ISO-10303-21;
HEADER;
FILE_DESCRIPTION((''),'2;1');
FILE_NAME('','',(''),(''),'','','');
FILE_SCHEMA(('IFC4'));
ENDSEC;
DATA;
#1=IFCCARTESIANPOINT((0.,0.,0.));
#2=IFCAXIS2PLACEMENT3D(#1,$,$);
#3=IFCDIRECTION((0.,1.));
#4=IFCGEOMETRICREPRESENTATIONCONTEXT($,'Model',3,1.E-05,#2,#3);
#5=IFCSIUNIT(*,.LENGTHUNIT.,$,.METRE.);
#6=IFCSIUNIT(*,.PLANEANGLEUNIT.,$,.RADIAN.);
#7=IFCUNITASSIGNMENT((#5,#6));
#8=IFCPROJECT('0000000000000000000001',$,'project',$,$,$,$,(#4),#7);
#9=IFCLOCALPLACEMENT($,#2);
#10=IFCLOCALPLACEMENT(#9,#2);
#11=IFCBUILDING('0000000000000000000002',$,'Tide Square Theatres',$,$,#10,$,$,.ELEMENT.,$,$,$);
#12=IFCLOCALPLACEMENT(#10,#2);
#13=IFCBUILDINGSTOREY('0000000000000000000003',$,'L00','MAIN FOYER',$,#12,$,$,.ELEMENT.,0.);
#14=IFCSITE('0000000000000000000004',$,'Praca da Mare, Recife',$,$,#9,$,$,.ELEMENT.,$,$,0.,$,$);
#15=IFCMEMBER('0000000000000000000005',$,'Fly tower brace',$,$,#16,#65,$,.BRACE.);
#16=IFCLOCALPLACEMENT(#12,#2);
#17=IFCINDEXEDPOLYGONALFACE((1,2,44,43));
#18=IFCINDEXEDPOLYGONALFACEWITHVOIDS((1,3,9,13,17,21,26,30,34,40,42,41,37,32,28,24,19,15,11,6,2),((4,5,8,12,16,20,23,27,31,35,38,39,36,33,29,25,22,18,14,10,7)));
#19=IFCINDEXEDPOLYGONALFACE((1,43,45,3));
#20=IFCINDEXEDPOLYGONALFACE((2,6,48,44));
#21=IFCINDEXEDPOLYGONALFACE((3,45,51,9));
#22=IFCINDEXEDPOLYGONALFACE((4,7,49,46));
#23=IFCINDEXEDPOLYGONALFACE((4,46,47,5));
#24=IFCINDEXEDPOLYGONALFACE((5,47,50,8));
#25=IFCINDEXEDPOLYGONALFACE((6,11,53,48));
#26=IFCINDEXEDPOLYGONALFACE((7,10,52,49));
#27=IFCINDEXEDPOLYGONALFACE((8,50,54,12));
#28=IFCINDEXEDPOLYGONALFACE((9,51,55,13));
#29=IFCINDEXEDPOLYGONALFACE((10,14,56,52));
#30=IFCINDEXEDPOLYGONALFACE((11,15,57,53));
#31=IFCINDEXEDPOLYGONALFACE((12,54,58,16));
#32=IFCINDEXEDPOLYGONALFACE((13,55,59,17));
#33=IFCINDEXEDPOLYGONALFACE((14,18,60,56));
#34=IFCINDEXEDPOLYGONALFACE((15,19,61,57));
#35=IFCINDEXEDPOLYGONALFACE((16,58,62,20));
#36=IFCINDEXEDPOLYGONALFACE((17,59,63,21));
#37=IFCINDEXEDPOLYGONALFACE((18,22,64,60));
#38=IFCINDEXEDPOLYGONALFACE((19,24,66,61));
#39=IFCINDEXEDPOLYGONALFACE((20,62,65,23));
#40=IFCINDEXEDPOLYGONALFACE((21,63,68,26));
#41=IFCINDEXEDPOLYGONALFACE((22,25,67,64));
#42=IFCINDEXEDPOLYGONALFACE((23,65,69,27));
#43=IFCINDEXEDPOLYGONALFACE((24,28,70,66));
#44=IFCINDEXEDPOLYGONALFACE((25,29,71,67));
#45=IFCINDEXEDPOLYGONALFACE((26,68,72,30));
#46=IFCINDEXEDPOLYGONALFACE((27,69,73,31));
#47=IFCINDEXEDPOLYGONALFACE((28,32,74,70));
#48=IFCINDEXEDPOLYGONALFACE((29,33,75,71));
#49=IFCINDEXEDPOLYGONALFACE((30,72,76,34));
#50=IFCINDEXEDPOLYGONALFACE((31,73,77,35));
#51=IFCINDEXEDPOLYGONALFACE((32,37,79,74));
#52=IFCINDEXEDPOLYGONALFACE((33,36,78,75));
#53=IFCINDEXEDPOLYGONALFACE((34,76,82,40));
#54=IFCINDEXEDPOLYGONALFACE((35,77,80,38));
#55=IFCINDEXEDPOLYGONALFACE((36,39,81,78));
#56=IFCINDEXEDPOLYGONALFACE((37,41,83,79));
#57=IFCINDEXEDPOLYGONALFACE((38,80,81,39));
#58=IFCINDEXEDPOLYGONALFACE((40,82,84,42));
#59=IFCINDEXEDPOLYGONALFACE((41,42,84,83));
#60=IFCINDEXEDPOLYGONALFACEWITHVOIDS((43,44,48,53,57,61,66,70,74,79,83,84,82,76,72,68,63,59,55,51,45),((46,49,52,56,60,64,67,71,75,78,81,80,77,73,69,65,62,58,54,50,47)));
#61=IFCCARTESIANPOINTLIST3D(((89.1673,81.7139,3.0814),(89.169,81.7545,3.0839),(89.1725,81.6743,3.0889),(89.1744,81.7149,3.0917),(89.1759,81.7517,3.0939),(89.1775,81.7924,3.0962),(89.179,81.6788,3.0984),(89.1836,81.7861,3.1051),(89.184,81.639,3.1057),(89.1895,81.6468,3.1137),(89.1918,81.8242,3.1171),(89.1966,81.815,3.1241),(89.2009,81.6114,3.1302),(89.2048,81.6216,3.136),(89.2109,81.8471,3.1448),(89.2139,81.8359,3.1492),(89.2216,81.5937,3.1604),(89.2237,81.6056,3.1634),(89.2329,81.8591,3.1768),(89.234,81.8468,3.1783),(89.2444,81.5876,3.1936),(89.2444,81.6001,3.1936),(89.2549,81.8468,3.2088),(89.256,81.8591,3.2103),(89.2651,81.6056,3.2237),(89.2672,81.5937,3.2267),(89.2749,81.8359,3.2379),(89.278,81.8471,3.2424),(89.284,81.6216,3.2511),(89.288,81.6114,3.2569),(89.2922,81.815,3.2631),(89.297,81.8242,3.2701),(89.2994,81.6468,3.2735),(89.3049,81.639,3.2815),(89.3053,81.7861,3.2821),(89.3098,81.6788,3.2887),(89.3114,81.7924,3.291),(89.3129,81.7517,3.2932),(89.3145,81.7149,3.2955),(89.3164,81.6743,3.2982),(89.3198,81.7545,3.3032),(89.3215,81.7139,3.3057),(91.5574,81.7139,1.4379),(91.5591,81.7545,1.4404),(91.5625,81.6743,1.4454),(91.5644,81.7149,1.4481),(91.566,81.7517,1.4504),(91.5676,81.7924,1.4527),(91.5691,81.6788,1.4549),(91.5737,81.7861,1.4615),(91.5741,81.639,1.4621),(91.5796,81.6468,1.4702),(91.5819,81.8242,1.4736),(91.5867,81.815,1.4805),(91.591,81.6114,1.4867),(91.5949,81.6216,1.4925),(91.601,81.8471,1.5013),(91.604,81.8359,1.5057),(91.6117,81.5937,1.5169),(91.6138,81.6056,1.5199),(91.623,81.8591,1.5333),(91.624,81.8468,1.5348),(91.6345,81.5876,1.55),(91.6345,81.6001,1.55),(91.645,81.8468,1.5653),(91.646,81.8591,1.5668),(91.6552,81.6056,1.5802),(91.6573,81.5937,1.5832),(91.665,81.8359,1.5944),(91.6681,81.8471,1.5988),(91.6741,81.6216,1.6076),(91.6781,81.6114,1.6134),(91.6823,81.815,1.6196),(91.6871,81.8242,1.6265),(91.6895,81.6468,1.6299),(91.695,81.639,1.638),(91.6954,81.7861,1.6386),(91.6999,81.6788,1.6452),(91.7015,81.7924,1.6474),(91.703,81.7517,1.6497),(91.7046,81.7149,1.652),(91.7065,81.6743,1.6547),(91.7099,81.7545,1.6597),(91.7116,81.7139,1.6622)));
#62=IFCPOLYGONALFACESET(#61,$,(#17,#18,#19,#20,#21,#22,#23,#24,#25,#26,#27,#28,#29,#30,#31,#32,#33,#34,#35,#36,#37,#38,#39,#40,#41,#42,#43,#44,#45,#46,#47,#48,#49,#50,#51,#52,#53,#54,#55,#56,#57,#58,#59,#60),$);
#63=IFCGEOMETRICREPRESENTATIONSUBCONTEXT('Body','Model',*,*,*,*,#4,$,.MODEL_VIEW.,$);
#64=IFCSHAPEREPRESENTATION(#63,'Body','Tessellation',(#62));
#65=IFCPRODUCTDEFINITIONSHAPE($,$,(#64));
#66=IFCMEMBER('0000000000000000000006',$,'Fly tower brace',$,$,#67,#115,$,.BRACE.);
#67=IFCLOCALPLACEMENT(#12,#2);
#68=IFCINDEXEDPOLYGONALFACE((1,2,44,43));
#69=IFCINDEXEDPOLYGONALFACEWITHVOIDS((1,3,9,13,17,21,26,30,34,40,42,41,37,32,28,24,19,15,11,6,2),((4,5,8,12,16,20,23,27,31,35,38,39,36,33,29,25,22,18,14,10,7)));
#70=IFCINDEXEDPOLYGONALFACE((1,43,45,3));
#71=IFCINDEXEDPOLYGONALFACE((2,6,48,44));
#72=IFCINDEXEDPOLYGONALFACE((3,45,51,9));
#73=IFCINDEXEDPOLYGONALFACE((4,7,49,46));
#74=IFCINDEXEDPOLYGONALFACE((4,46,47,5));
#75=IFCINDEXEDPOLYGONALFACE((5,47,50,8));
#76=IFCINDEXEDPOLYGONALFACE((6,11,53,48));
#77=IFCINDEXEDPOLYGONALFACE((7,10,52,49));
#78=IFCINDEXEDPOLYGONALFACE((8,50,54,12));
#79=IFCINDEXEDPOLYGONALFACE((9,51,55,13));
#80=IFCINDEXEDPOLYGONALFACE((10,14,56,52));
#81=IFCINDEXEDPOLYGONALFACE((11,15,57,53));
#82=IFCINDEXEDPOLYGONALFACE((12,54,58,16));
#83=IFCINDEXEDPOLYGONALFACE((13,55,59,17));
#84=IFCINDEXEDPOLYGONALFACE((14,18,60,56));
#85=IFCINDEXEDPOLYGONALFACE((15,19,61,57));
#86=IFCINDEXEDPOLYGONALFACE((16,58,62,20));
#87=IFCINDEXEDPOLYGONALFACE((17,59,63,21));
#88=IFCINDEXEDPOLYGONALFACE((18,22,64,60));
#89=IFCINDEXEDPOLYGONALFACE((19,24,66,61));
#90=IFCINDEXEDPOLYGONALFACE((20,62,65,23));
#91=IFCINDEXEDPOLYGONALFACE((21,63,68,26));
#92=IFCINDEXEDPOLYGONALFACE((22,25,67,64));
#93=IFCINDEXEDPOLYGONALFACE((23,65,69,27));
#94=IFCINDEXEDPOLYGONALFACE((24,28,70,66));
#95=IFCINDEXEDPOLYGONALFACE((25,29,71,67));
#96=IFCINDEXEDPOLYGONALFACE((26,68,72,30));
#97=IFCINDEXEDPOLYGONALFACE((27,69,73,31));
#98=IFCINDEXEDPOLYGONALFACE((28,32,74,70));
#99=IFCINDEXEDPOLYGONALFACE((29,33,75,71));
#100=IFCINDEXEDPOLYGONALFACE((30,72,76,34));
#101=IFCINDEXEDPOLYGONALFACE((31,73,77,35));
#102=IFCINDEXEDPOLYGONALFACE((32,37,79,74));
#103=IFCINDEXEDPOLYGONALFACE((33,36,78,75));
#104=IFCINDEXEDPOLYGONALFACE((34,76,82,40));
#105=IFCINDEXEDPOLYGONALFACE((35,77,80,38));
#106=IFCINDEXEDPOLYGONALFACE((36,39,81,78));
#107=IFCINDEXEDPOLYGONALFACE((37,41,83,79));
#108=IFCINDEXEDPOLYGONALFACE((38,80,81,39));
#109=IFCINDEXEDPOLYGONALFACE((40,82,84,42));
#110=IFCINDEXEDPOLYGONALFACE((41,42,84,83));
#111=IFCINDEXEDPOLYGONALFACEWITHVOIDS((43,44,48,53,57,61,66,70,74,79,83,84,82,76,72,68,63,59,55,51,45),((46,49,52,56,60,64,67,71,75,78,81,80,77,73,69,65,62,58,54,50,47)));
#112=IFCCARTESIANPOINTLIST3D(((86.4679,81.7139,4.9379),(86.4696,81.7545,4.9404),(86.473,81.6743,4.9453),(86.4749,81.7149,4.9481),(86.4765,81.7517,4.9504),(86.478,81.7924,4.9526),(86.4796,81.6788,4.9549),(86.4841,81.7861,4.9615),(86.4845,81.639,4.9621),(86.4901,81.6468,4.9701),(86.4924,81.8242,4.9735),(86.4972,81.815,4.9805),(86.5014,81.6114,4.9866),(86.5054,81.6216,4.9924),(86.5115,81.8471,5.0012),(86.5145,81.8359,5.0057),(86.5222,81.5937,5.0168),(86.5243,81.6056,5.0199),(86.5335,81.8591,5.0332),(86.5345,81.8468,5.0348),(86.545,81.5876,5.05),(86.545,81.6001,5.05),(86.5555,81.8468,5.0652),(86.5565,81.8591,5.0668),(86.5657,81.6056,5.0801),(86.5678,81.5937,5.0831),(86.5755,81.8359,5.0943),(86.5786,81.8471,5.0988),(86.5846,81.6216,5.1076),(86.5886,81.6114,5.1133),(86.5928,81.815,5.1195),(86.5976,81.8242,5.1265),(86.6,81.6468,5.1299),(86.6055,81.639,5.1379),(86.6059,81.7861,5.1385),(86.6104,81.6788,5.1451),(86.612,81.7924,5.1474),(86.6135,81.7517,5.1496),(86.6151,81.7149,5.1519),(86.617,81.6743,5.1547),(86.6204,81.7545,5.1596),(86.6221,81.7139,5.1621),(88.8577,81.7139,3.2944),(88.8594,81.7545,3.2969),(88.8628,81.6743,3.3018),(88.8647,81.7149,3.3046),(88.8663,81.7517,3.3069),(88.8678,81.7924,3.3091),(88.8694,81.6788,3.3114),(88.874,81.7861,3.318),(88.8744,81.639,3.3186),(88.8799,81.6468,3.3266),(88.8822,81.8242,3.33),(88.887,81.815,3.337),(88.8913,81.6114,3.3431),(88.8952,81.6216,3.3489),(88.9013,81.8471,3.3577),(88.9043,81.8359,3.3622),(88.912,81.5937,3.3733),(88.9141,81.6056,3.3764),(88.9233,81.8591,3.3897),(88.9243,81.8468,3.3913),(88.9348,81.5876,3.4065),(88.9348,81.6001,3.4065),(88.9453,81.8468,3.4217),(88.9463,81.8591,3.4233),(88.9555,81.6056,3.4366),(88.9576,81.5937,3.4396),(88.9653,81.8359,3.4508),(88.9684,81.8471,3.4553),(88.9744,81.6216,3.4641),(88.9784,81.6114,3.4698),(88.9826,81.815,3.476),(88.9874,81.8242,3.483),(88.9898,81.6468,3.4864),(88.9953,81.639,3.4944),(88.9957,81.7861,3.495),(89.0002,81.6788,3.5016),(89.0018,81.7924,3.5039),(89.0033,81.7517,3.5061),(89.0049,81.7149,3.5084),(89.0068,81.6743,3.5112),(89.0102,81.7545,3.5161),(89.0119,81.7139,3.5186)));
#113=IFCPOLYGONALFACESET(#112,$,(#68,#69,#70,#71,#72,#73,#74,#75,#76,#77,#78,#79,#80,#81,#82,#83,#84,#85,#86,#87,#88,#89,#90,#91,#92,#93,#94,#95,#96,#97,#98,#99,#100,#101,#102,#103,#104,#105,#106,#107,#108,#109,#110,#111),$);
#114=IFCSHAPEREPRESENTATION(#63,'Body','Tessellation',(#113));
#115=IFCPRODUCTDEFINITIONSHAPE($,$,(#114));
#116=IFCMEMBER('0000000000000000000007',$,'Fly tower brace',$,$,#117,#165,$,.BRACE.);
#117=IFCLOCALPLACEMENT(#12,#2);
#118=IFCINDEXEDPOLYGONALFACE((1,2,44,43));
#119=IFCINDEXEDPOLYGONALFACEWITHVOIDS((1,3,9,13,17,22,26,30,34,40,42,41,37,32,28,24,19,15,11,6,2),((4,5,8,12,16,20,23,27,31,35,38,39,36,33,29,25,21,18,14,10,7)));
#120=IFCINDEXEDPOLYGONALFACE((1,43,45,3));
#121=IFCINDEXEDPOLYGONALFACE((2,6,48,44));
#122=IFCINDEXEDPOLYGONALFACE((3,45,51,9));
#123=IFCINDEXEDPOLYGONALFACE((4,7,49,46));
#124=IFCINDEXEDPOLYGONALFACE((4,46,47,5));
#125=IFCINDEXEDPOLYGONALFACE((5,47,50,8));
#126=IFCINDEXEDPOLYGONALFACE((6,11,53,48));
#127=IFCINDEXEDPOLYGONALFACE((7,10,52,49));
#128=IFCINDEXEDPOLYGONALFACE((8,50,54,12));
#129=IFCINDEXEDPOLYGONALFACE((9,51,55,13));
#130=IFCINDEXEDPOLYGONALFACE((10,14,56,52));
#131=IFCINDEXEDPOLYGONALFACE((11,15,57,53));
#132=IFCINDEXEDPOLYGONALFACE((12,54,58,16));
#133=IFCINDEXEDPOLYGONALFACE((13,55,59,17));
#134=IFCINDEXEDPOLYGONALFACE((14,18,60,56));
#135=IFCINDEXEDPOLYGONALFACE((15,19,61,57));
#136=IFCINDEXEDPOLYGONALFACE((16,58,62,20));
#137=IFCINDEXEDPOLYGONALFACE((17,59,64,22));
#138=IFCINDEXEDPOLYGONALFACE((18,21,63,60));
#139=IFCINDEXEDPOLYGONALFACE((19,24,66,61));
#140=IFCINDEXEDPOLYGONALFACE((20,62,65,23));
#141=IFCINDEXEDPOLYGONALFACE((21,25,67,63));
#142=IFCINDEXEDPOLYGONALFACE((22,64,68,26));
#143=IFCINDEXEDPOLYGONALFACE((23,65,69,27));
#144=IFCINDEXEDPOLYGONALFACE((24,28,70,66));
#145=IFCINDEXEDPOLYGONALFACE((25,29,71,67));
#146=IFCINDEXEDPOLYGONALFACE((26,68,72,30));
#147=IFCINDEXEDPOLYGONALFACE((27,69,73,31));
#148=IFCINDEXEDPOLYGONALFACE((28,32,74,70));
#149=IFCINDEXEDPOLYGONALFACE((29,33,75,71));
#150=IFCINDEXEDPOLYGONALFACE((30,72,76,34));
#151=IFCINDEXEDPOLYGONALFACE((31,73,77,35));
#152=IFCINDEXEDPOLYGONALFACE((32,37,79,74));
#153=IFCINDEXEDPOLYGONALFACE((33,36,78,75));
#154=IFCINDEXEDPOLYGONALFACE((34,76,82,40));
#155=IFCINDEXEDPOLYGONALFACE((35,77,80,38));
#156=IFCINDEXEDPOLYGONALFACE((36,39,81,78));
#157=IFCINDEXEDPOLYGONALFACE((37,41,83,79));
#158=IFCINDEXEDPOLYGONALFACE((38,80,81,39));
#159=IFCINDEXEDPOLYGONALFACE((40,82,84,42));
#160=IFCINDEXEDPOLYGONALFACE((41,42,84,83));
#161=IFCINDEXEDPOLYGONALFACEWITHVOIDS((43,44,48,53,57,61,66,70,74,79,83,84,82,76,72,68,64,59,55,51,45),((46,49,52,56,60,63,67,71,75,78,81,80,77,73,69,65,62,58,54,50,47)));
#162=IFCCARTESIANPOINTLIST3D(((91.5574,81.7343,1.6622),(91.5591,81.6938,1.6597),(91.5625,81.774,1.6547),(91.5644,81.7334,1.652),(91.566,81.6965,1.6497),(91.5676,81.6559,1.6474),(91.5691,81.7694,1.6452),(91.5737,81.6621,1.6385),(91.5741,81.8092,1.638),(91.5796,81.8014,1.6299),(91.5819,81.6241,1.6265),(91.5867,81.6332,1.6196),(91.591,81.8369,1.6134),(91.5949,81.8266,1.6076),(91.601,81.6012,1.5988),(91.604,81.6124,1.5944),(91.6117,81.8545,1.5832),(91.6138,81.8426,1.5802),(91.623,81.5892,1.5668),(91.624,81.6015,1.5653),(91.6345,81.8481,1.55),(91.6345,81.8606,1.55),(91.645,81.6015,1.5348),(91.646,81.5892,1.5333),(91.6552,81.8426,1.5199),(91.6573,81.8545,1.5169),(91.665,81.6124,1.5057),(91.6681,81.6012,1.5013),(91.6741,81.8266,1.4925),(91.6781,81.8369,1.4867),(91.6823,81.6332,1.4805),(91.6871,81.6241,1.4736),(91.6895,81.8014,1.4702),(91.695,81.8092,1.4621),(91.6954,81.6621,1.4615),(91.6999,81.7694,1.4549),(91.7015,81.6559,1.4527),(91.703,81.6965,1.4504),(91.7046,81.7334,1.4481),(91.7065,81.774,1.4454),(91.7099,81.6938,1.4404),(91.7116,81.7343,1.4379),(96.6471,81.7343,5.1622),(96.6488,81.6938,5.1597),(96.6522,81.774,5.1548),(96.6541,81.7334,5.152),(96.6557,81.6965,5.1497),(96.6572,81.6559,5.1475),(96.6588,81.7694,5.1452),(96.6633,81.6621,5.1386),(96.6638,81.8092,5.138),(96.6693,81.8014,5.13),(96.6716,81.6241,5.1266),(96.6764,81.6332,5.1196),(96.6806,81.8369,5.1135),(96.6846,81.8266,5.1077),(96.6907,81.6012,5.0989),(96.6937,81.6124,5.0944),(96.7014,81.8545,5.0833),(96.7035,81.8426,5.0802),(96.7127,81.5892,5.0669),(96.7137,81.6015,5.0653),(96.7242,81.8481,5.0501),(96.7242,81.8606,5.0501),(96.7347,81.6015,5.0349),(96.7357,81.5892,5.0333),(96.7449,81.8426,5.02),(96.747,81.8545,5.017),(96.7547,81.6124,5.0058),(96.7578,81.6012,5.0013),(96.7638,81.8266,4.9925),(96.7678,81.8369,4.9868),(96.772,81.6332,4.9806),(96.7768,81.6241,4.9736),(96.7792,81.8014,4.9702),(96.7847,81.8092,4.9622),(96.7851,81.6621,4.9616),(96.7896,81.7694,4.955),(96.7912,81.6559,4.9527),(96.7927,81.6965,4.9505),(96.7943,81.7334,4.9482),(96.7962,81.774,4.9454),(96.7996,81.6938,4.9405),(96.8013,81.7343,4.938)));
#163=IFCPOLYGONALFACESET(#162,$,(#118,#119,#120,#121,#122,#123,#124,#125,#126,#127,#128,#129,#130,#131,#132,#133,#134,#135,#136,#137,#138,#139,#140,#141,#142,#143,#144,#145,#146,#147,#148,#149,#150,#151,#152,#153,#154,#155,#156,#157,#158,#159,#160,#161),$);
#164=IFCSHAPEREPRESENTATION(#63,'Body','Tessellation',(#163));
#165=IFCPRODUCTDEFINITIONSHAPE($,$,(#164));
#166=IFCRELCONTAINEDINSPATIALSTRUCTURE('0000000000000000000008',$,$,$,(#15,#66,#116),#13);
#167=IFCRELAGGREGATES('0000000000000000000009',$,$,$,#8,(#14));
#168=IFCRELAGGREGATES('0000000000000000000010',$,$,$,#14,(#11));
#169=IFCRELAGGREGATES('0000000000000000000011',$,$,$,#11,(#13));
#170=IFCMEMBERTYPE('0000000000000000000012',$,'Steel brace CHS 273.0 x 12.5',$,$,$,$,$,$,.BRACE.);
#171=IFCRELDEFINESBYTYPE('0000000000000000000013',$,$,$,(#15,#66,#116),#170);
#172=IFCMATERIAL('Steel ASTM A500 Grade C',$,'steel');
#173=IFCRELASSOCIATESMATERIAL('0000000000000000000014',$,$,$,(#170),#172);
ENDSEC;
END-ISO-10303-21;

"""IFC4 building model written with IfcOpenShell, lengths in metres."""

from ifc_helpers import new_model, si_unit, direction, frame, origin, origin_2d, place, context, subcontext, project, spatial, hollow_circle, extrude, material, material_profile, profile_set, type_object, element, save


model = new_model("IFC4")

# Units and contexts
model_context = context("Model", 3, precision=1e-05, world=origin(), true_north=direction((0.0, 1.0)))
body_context = subcontext(model_context, "Body", "Model", "MODEL_VIEW")
ifc_project = project(units=[si_unit("LENGTHUNIT", "METRE"), si_unit("PLANEANGLEUNIT", "RADIAN")], contexts=[model_context])

# Site, building, storey
site_placement = place(None, origin())
site = spatial("IfcSite", under=ifc_project, at=site_placement, Name="Praca da Mare, Recife", CompositionType="ELEMENT", RefElevation=0.0)
building_placement = place(site_placement, origin())
building = spatial("IfcBuilding", under=site, at=building_placement, Name="Tide Square Theatres", CompositionType="ELEMENT")
storey_placement = place(building_placement, origin())
storey = spatial("IfcBuildingStorey", under=building, at=storey_placement, Name="L00", Description="MAIN FOYER", CompositionType="ELEMENT", Elevation=0.0)

# Members
ifc_material_1 = material(Name="Steel ASTM A500 Grade C", Category="steel")
ifc_material_profile_1 = material_profile(ifc_material_1, hollow_circle(Radius=0.1365, WallThickness=0.0125, at=origin_2d()))
ifc_profile_set_1 = profile_set([ifc_material_profile_1], Name="Steel ASTM A500 Grade C")
member_type = type_object("IfcMemberType", Name="Steel brace CHS 273.0 x 12.5", PredefinedType="BRACE", material=ifc_profile_set_1)
member_1_placement = place(storey_placement, frame((91.6345, 81.7241, 1.55), z_axis=(-0.823988, 0.0, 0.566607), x_axis=(0.0, -1.0, 0.0)))
element("IfcMember", 1, at=member_1_placement, inside=storey, type_object=member_type, Name="Fly tower brace", PredefinedType="BRACE", context=body_context, shape_type="SweptSolid", body=[
    extrude(hollow_circle(Radius=0.1365, WallThickness=0.0125, at=origin_2d()), origin(), (0.0, 0.0, 1.0), 2.9006),
])
member_2_placement = place(storey_placement, frame((88.9348, 81.7241, 3.4065), z_axis=(-0.823961, 0.0, 0.566647), x_axis=(0.0, -1.0, 0.0)))
element("IfcMember", 2, at=member_2_placement, inside=storey, type_object=member_type, Name="Fly tower brace", PredefinedType="BRACE", context=body_context, shape_type="SweptSolid", body=[
    extrude(hollow_circle(Radius=0.1365, WallThickness=0.0125, at=origin_2d()), origin(), (0.0, 0.0, 1.0), 2.9004),
])
member_3_placement = place(storey_placement, frame((91.6345, 81.7241, 1.55), z_axis=(0.823974, 0.0, 0.566628), x_axis=(0.0, 1.0, 0.0)))
element("IfcMember", 3, at=member_3_placement, inside=storey, type_object=member_type, Name="Fly tower brace", PredefinedType="BRACE", context=body_context, shape_type="SweptSolid", body=[
    extrude(hollow_circle(Radius=0.1365, WallThickness=0.0125, at=origin_2d()), origin(), (0.0, 0.0, 1.0), 6.177),
])

save(model, "model.ifc")
